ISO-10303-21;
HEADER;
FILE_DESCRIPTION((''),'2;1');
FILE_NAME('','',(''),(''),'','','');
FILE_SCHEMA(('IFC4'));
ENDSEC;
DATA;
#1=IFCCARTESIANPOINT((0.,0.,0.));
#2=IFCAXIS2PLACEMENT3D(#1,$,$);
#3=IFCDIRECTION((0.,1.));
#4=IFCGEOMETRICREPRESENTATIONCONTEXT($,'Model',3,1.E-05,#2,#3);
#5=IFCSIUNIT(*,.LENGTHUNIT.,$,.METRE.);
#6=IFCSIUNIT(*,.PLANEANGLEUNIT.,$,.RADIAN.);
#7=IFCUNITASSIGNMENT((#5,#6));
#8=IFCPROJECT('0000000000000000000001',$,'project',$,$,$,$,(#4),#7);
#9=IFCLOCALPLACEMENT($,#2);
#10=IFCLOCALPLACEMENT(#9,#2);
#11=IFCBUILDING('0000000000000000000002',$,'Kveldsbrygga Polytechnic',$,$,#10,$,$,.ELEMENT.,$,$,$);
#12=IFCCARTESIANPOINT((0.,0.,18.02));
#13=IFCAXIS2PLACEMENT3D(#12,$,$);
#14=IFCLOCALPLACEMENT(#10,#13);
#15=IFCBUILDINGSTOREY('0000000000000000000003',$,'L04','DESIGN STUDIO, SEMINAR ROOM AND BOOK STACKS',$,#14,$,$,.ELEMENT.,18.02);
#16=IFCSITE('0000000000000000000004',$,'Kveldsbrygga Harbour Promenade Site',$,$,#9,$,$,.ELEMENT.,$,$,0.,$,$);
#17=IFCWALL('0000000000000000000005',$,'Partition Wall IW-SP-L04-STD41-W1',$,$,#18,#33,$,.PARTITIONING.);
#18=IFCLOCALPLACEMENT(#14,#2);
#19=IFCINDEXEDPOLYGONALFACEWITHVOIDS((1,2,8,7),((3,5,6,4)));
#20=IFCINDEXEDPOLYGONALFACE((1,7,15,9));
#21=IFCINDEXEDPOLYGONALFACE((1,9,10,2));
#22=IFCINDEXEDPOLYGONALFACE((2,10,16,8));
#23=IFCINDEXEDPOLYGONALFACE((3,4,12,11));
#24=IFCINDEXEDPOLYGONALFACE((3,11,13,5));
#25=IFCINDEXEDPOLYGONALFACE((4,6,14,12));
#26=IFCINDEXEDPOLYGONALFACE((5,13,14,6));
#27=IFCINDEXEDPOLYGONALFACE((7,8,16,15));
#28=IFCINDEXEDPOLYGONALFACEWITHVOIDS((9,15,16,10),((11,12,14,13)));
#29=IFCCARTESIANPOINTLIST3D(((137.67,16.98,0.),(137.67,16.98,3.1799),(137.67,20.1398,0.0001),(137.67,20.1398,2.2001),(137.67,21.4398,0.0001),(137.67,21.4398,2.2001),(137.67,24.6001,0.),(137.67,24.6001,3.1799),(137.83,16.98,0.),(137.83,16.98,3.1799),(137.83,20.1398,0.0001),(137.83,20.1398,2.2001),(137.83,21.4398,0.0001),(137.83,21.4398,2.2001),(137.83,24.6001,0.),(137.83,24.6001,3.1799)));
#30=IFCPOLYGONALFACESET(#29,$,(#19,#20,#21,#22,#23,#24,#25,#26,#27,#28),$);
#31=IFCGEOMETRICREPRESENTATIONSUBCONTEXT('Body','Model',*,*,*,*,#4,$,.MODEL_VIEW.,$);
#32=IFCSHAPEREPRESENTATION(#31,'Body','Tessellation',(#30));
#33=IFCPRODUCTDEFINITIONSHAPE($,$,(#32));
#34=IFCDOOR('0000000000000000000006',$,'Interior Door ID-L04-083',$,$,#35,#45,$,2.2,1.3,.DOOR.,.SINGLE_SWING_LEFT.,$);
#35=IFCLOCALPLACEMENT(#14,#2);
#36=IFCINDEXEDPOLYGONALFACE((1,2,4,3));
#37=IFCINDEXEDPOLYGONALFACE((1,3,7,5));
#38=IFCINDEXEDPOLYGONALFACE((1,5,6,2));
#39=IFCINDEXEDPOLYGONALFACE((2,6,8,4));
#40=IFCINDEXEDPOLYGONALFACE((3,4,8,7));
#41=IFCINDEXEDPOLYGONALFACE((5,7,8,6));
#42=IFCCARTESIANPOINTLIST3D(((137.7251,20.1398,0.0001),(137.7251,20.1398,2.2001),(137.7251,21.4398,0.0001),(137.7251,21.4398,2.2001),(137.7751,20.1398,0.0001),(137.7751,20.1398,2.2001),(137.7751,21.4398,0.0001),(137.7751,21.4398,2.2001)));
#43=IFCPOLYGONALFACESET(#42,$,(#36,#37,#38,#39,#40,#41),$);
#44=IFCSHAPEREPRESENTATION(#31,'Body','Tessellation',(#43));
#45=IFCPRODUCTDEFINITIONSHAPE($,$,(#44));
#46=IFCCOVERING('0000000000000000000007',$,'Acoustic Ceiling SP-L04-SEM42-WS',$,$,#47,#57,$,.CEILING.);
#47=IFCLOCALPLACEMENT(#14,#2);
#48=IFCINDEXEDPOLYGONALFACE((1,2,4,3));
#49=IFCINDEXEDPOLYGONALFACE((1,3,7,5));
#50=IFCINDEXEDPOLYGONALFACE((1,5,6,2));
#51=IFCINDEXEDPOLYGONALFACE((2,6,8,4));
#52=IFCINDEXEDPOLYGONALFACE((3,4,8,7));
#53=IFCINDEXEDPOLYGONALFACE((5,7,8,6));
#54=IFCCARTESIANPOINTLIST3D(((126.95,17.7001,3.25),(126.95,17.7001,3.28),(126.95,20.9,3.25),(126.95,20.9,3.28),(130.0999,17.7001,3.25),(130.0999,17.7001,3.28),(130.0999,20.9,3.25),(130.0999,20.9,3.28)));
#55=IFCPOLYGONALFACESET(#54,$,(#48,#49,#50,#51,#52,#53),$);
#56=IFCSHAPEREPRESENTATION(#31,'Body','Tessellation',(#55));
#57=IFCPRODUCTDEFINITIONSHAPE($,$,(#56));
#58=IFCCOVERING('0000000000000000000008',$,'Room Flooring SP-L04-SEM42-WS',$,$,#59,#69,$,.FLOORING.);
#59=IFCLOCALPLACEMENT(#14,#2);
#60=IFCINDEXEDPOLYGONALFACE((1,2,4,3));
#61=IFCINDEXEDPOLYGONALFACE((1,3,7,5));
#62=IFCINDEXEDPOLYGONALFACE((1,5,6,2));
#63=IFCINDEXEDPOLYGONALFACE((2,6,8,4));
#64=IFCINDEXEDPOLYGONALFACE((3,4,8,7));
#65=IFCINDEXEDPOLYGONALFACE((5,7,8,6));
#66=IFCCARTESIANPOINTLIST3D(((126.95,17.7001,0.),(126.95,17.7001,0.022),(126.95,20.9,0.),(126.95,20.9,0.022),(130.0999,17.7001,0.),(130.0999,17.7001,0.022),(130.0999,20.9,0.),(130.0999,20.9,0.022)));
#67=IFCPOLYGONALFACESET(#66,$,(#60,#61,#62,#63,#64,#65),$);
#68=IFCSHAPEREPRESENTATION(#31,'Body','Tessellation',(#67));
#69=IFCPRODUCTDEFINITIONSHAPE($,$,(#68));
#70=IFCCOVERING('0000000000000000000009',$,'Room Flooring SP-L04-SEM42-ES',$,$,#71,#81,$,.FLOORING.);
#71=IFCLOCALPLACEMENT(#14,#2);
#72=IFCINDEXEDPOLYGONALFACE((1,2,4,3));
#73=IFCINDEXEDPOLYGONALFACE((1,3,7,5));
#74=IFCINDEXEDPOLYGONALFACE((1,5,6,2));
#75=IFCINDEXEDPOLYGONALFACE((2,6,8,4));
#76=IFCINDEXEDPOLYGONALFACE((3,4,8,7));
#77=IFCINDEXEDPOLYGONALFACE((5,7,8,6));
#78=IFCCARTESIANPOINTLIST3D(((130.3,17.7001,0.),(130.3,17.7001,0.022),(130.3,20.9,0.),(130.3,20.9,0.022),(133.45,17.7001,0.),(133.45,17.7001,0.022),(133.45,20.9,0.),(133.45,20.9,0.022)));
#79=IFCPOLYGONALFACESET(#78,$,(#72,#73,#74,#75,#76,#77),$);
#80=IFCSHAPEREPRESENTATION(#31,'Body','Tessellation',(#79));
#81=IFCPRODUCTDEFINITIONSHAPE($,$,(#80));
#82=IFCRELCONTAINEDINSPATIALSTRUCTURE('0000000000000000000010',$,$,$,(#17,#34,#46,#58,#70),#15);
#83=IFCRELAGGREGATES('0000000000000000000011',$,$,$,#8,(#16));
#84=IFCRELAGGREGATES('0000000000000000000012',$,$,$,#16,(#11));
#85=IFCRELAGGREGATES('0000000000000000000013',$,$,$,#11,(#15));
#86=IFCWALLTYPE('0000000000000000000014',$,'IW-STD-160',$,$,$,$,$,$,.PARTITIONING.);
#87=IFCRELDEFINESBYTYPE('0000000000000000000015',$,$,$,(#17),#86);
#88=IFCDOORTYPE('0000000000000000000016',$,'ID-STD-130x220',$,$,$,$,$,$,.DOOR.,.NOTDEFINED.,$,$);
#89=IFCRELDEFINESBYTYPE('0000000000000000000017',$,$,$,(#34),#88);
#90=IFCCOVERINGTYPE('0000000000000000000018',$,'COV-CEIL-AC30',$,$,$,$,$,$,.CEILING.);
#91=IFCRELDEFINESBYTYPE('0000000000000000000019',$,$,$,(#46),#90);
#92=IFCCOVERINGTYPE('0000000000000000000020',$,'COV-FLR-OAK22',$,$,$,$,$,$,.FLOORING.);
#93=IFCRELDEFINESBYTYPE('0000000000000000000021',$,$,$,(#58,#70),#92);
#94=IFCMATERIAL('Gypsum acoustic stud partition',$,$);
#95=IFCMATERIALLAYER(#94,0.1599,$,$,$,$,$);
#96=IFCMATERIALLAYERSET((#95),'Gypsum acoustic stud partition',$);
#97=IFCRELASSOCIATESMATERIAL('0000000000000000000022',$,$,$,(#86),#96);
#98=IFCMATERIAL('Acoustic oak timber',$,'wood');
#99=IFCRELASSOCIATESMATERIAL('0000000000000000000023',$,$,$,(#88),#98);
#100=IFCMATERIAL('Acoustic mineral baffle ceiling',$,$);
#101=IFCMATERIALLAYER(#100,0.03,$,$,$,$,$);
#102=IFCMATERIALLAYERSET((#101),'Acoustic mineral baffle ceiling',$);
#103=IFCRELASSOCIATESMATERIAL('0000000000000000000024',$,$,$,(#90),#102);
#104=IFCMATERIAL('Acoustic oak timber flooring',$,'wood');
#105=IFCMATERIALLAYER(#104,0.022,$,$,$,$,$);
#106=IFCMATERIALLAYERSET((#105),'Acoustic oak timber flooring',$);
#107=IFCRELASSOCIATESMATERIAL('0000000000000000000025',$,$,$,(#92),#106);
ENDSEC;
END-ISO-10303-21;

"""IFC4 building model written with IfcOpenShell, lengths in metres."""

from ifc_helpers import new_model, si_unit, direction, frame, frame_2d, origin, origin_2d, place, context, subcontext, project, spatial, rectangle, extrude, material, layer, layer_set, type_object, element, fill, save


model = new_model("IFC4")

# Units and contexts
model_context = context("Model", 3, precision=1e-05, world=origin(), true_north=direction((0.0, 1.0)))
body_context = subcontext(model_context, "Body", "Model", "MODEL_VIEW")
ifc_project = project(units=[si_unit("LENGTHUNIT", "METRE"), si_unit("PLANEANGLEUNIT", "RADIAN")], contexts=[model_context])

# Site, building, storey
site_placement = place(None, origin())
site = spatial("IfcSite", under=ifc_project, at=site_placement, Name="Kveldsbrygga Harbour Promenade Site", CompositionType="ELEMENT", RefElevation=0.0)
building_placement = place(site_placement, origin())
building = spatial("IfcBuilding", under=site, at=building_placement, Name="Kveldsbrygga Polytechnic", CompositionType="ELEMENT")
storey_placement = place(building_placement, frame((0.0, 0.0, 18.02)))
storey = spatial("IfcBuildingStorey", under=building, at=storey_placement, Name="L04", Description="DESIGN STUDIO, SEMINAR ROOM AND BOOK STACKS", CompositionType="ELEMENT", Elevation=18.02)

# Wall, opening, door
ifc_material_1 = material(Name="Gypsum acoustic stud partition")
ifc_material_2 = material(Name="Acoustic oak timber", Category="wood")
ifc_layer_1 = layer(ifc_material_1, 0.1599)
ifc_layer_set_1 = layer_set([ifc_layer_1], Name="Gypsum acoustic stud partition")
wall_type_1 = type_object("IfcWallType", Name="IW-STD-160", PredefinedType="PARTITIONING", material=ifc_layer_set_1)
wall_1_placement = place(storey_placement, frame((137.75, 16.98, 0.0), z_axis=(0.0, 0.0, 1.0), x_axis=(0.0, 1.0, 0.0)))
wall_1 = element("IfcWall", 1, at=wall_1_placement, inside=storey, type_object=wall_type_1, Name="Partition Wall IW-SP-L04-STD41-W1", PredefinedType="PARTITIONING", context=body_context, shape_type="SweptSolid", body=[
    extrude(rectangle(XDim=7.6201, YDim=0.1599, at=frame_2d((3.8101, 0.0))), origin(), (0.0, 0.0, 1.0), 3.1799),
])
opening_1_placement = place(wall_1_placement, frame((3.1599, 0.0, 0.0)))
opening_1 = element("IfcOpeningElement", 2, at=opening_1_placement, cuts=wall_1, PredefinedType="OPENING", context=body_context, shape_type="SweptSolid", body=[
    extrude(rectangle(XDim=1.3, YDim=2.2, at=frame_2d((0.6499, 1.1001))), frame((0.0, 0.0898, 0.0), z_axis=(0.0, -1.0, 0.0), x_axis=(1.0, 0.0, 0.0)), (0.0, 0.0, 1.0), 0.1799),
])
door_type_1 = type_object("IfcDoorType", Name="ID-STD-130x220", OperationType="NOTDEFINED", PredefinedType="DOOR", material=ifc_material_2)
door_1_placement = place(opening_1_placement, origin())
door_1 = element("IfcDoor", 3, at=door_1_placement, inside=storey, type_object=door_type_1, Name="Interior Door ID-L04-083", OperationType="SINGLE_SWING_LEFT", OverallHeight=2.2, OverallWidth=1.3, PredefinedType="DOOR", context=body_context, shape_type="SweptSolid", body=[
    extrude(rectangle(XDim=1.3, YDim=2.2, at=frame_2d((0.6499, 1.1001))), frame((0.0, 0.0249, 0.0), z_axis=(0.0, -1.0, 0.0), x_axis=(1.0, 0.0, 0.0)), (0.0, 0.0, 1.0), 0.05),
])
fill(opening_1, door_1)

# Coverings
ifc_material_3 = material(Name="Acoustic mineral baffle ceiling")
ifc_layer_2 = layer(ifc_material_3, 0.03)
ifc_layer_set_2 = layer_set([ifc_layer_2], Name="Acoustic mineral baffle ceiling")
covering_type_1 = type_object("IfcCoveringType", Name="COV-CEIL-AC30", PredefinedType="CEILING", material=ifc_layer_set_2)
covering_placement = place(storey_placement, frame((128.5249, 19.3, 3.25), z_axis=(0.0, 0.0, 1.0), x_axis=(1.0, 0.0, 0.0)))
element("IfcCovering", 4, at=covering_placement, inside=storey, type_object=covering_type_1, Name="Acoustic Ceiling SP-L04-SEM42-WS", PredefinedType="CEILING", context=body_context, shape_type="SweptSolid", body=[
    extrude(rectangle(XDim=3.1499, YDim=3.2, at=origin_2d()), origin(), (0.0, 0.0, 1.0), 0.03),
])
ifc_material_4 = material(Name="Acoustic oak timber flooring", Category="wood")
ifc_layer_3 = layer(ifc_material_4, 0.022)
ifc_layer_set_3 = layer_set([ifc_layer_3], Name="Acoustic oak timber flooring")
covering_type_2 = type_object("IfcCoveringType", Name="COV-FLR-OAK22", PredefinedType="FLOORING", material=ifc_layer_set_3)
for number, where, z_axis, x_axis, name in (
    (5, (128.5249, 19.3, 0.0), (0.0, 0.0, 1.0), (1.0, 0.0, 0.0), "Room Flooring SP-L04-SEM42-WS"),
    (6, (131.875, 19.3, 0.0), (0.0, 0.0, 1.0), (1.0, 0.0, 0.0), "Room Flooring SP-L04-SEM42-ES"),
):
    element("IfcCovering", number, at=place(storey_placement, frame(where, z_axis=z_axis, x_axis=x_axis)), inside=storey, type_object=covering_type_2, Name=name, PredefinedType="FLOORING", context=body_context, shape_type="SweptSolid", body=[
        extrude(rectangle(XDim=3.1499, YDim=3.2, at=origin_2d()), origin(), (0.0, 0.0, 1.0), 0.022),
    ])

save(model, "model.ifc")
